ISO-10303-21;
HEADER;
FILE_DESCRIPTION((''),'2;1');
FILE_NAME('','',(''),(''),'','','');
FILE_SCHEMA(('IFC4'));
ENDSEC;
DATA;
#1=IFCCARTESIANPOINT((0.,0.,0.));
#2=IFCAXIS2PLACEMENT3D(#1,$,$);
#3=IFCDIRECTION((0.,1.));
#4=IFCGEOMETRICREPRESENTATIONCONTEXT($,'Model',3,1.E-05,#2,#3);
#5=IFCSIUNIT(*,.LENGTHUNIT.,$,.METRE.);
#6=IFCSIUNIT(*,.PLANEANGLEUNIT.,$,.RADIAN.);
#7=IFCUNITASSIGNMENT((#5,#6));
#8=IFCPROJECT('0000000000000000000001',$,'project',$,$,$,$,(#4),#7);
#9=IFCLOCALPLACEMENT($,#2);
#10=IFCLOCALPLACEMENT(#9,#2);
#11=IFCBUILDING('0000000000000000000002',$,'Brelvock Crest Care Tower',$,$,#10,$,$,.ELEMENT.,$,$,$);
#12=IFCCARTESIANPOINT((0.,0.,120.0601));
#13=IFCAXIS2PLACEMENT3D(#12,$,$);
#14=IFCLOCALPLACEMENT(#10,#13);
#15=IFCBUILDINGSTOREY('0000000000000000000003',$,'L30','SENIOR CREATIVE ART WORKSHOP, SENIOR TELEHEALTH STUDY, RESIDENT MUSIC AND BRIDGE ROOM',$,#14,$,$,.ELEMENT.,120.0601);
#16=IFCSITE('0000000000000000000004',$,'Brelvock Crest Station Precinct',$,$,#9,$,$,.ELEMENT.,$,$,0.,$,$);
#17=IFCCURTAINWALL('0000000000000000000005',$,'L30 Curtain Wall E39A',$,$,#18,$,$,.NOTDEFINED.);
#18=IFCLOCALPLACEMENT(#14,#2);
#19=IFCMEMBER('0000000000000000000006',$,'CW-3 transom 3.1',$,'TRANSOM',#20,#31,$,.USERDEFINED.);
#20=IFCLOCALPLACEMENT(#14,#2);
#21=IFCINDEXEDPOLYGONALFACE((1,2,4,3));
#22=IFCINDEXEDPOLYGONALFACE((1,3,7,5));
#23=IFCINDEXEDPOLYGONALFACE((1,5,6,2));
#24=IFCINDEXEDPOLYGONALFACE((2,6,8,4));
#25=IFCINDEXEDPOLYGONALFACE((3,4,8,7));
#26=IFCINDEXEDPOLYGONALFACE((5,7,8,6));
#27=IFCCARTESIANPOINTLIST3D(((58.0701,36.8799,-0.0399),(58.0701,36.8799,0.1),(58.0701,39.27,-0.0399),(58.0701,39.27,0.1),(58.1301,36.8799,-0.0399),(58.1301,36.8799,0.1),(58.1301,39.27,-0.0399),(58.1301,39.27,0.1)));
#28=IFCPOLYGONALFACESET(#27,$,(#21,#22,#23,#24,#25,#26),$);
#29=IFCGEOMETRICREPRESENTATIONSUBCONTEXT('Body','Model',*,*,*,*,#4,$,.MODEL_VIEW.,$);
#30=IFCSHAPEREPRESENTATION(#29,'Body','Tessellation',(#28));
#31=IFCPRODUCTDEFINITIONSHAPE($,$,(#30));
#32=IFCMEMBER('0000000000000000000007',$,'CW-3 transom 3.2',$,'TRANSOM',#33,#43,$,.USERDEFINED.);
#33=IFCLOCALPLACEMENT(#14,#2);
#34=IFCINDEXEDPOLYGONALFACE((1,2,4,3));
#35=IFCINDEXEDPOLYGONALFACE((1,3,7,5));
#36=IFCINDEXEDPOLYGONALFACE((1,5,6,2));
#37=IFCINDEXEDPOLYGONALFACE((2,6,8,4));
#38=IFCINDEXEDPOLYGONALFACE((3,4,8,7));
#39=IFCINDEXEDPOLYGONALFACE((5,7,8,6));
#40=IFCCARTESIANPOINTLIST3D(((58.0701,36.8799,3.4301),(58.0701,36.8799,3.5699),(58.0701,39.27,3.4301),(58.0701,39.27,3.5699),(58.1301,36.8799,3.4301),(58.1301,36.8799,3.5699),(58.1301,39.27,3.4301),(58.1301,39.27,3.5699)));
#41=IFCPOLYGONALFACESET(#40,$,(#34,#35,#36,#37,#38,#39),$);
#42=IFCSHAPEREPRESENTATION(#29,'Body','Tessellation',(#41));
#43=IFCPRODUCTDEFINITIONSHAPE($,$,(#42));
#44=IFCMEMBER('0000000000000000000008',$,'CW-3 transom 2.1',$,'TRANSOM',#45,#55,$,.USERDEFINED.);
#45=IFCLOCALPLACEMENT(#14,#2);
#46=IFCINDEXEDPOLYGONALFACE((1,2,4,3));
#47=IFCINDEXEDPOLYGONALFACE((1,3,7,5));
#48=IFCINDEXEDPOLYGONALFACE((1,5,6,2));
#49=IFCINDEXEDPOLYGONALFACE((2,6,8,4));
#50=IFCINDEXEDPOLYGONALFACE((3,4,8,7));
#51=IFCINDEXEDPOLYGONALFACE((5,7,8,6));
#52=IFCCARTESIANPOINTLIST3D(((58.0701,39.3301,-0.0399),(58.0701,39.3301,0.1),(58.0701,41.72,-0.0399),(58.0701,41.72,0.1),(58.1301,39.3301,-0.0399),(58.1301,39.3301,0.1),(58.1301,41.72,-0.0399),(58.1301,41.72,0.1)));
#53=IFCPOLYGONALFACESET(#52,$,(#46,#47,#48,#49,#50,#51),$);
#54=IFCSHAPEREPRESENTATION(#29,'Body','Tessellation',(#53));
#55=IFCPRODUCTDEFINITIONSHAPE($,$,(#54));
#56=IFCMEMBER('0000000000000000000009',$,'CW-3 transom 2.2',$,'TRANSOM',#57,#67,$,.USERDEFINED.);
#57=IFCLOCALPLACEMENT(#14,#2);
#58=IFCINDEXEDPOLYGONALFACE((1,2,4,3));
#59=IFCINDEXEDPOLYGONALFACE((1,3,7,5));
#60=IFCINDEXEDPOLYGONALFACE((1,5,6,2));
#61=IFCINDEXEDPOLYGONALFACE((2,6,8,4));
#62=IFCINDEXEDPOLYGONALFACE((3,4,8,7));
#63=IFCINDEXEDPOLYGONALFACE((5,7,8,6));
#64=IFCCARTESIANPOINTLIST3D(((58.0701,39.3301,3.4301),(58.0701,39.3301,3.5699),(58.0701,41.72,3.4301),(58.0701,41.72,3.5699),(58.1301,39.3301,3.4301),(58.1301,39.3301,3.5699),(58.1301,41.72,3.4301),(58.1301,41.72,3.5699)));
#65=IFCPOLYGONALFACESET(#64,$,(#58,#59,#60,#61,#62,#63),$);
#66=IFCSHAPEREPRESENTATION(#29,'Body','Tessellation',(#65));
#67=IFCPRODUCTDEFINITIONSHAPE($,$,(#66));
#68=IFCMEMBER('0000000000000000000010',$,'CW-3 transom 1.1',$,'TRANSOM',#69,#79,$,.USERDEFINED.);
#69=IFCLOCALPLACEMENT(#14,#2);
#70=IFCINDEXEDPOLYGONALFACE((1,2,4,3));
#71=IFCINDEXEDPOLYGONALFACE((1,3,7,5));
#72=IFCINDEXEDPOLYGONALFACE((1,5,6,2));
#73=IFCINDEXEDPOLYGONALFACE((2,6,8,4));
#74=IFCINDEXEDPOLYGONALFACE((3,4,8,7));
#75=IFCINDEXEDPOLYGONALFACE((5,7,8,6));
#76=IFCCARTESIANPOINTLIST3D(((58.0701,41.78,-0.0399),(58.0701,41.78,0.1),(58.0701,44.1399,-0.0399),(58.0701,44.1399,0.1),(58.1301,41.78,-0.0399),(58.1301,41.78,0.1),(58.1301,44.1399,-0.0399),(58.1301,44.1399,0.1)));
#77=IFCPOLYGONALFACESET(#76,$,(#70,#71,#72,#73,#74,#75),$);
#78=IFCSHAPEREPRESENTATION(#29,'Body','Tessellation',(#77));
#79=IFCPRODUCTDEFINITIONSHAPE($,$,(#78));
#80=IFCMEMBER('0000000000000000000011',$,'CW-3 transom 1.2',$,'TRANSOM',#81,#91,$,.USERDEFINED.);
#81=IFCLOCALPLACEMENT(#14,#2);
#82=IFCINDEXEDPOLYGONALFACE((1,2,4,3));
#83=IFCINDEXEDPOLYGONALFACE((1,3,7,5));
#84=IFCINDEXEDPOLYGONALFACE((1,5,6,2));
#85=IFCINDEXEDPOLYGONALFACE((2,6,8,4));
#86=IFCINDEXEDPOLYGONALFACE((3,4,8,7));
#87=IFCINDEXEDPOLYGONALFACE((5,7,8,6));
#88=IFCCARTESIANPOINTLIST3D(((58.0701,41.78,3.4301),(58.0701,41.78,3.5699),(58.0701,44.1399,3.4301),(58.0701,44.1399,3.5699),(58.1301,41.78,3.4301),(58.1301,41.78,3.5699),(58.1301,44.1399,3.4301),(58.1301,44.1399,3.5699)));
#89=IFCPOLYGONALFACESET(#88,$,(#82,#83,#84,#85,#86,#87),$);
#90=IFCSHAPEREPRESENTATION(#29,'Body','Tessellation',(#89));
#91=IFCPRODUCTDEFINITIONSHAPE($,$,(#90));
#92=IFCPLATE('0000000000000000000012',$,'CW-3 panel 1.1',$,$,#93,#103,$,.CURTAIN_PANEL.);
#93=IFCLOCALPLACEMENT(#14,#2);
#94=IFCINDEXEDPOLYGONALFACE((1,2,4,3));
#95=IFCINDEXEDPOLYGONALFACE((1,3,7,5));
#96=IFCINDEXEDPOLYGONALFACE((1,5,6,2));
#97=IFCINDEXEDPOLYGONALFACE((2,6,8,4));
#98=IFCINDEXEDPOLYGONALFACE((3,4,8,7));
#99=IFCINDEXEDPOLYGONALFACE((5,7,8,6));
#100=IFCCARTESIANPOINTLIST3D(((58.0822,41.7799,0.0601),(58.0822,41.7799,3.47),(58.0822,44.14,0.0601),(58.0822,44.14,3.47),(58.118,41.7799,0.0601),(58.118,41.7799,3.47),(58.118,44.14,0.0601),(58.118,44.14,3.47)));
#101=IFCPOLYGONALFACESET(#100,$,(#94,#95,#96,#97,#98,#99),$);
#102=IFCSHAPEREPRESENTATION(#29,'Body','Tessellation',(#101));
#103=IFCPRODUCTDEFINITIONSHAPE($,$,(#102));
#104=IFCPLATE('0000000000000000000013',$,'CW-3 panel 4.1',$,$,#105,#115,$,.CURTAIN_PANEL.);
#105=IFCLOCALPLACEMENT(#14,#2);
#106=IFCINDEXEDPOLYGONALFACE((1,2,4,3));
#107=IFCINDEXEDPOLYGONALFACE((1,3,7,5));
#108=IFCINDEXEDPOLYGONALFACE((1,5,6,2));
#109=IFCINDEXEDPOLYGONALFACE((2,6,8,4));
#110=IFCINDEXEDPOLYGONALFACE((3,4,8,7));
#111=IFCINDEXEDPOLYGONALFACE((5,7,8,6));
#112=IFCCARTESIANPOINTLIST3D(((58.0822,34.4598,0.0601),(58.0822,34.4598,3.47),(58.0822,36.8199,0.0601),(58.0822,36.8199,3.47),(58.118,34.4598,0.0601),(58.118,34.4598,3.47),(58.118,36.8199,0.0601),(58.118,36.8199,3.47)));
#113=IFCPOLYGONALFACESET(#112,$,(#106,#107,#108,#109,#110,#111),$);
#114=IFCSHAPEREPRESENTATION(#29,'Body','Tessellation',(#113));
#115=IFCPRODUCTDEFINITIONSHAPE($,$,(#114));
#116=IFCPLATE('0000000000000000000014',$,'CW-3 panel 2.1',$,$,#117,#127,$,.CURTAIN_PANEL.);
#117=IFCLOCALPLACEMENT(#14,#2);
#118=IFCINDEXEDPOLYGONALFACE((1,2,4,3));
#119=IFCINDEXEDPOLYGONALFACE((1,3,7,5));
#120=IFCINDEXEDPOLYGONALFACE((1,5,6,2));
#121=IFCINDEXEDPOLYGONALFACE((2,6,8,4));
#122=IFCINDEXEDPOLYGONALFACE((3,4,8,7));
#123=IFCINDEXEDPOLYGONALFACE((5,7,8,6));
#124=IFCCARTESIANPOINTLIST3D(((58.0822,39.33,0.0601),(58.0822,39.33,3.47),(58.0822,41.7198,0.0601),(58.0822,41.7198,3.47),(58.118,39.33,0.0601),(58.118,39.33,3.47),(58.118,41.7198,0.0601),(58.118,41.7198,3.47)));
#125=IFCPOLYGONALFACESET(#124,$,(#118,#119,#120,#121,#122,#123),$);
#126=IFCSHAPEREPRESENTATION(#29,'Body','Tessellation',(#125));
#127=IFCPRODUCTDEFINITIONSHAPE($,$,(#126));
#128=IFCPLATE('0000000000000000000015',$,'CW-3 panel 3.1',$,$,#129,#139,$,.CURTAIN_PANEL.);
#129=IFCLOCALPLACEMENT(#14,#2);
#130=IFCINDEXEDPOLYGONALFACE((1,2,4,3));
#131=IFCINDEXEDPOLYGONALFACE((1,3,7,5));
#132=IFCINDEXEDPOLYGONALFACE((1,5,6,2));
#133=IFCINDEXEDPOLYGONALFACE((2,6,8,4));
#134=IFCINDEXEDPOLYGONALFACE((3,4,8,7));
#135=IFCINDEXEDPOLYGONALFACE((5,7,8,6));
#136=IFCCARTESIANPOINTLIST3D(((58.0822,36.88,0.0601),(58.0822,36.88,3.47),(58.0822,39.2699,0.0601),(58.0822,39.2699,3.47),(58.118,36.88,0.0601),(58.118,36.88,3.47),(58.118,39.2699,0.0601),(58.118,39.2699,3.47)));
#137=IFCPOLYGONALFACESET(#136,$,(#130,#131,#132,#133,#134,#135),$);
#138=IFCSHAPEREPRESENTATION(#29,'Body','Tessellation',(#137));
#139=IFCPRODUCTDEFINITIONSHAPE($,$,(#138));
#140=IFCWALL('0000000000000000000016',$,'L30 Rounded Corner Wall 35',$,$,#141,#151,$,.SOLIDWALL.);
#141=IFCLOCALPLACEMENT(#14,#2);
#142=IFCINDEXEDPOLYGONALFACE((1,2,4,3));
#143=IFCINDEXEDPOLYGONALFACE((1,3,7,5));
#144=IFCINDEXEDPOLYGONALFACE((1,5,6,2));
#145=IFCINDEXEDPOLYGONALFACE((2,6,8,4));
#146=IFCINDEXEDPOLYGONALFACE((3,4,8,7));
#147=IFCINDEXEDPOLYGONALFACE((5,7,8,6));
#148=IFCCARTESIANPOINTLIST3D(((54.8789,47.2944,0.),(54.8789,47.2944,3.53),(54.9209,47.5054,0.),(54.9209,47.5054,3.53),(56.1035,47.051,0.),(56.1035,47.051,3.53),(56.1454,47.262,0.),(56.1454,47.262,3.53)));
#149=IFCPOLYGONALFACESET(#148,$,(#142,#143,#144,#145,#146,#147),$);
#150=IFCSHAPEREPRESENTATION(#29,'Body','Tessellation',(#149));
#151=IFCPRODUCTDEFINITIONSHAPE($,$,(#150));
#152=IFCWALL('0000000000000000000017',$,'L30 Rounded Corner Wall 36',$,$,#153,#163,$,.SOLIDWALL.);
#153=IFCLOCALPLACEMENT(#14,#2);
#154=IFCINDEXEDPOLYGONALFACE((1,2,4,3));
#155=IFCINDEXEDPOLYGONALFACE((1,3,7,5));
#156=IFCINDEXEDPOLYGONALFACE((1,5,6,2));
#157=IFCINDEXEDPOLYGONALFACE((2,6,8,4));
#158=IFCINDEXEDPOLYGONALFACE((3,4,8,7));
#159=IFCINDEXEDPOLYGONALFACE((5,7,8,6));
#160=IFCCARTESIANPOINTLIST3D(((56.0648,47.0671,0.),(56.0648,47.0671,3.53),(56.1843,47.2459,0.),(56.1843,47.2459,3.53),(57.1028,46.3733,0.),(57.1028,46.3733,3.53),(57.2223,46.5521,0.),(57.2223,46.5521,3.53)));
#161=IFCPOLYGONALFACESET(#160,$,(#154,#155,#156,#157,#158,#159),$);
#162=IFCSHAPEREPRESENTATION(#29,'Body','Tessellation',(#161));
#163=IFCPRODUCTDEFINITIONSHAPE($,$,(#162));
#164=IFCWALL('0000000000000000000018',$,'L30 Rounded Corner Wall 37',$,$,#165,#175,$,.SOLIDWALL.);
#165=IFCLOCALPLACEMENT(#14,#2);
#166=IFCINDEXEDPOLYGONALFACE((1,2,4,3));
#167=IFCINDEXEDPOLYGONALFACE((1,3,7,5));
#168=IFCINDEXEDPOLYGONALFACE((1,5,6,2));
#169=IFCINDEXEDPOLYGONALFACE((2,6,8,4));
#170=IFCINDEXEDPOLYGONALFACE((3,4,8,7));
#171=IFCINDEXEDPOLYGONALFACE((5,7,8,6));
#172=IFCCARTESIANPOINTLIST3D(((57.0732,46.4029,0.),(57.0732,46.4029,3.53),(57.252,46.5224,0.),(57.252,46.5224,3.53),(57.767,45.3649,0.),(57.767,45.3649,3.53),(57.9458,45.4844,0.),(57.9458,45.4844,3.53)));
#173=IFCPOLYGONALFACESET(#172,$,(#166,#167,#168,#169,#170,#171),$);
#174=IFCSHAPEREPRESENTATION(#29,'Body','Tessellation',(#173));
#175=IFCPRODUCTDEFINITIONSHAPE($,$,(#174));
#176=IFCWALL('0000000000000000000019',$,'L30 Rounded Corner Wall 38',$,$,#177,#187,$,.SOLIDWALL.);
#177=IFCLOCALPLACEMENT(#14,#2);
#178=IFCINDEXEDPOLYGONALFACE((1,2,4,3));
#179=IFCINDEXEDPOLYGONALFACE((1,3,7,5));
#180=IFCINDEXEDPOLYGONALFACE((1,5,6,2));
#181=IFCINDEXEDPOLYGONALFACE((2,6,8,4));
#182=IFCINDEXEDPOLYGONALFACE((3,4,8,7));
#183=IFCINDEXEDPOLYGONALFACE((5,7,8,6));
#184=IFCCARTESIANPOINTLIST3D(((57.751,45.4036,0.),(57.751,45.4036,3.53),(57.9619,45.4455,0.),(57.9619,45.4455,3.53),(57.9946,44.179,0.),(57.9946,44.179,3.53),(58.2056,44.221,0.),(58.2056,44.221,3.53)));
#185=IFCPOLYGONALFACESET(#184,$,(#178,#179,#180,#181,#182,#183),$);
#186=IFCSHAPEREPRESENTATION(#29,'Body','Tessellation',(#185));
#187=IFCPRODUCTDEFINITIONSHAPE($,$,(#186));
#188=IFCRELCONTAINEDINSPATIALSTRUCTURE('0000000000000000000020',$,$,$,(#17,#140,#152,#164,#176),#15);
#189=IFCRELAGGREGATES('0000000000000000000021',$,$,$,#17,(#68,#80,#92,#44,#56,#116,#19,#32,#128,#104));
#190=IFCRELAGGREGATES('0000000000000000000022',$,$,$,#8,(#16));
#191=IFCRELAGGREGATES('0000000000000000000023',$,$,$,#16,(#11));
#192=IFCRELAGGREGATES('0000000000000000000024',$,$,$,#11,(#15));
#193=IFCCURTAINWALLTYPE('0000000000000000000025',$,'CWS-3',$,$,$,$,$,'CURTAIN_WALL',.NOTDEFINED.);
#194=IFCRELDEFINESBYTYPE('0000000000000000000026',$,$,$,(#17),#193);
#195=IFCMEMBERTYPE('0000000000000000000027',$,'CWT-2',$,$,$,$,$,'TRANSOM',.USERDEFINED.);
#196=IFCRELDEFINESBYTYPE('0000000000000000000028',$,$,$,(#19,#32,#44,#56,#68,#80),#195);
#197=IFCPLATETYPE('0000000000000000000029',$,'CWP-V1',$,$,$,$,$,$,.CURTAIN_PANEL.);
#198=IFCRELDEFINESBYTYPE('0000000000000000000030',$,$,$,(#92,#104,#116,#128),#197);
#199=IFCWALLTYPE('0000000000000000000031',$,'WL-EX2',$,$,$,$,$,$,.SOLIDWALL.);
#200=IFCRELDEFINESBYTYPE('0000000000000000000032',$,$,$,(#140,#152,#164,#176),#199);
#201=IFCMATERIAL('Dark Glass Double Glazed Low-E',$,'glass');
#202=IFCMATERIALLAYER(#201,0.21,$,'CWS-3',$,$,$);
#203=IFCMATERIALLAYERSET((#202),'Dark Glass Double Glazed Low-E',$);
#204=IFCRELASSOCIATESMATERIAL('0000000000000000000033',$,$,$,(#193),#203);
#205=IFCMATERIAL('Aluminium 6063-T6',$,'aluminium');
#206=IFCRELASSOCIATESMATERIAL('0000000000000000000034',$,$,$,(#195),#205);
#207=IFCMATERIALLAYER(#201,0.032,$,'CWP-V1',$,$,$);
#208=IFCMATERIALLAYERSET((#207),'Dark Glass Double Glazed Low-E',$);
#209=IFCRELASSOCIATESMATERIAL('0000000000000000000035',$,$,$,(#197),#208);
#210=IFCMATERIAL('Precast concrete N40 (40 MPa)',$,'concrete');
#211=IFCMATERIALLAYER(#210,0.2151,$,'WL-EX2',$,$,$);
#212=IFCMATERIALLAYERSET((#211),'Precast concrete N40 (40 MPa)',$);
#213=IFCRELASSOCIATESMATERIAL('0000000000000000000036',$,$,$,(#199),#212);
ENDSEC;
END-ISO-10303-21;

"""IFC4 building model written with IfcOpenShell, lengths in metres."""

from ifc_helpers import new_model, si_unit, direction, frame, frame_2d, origin, origin_2d, place, context, subcontext, project, spatial, rectangle, extrude, source, transform, mapped, material, layer, layer_set, material_profile, profile_set, type_object, element, aggregate, save


model = new_model("IFC4")

# Units and contexts
model_context = context("Model", 3, precision=1e-05, world=origin(), true_north=direction((0.0, 1.0)))
body_context = subcontext(model_context, "Body", "Model", "MODEL_VIEW")
ifc_project = project(units=[si_unit("LENGTHUNIT", "METRE"), si_unit("PLANEANGLEUNIT", "RADIAN")], contexts=[model_context])

# Site, building, storey
site_placement = place(None, origin())
site = spatial("IfcSite", under=ifc_project, at=site_placement, Name="Brelvock Crest Station Precinct", CompositionType="ELEMENT", RefElevation=0.0)
building_placement = place(site_placement, origin())
building = spatial("IfcBuilding", under=site, at=building_placement, Name="Brelvock Crest Care Tower", CompositionType="ELEMENT")
storey_placement = place(building_placement, frame((0.0, 0.0, 120.0601)))
storey = spatial("IfcBuildingStorey", under=building, at=storey_placement, Name="L30", Description="SENIOR CREATIVE ART WORKSHOP, SENIOR TELEHEALTH STUDY, RESIDENT MUSIC AND BRIDGE ROOM", CompositionType="ELEMENT", Elevation=120.0601)

# Curtain wall, members, plates
ifc_material_1 = material(Name="Dark Glass Double Glazed Low-E", Category="glass")
ifc_layer_1 = layer(ifc_material_1, 0.21, Name="CWS-3")
ifc_layer_set_1 = layer_set([ifc_layer_1], Name="Dark Glass Double Glazed Low-E")
curtain_wall_type = type_object("IfcCurtainWallType", Name="CWS-3", ElementType="CURTAIN_WALL", PredefinedType="NOTDEFINED", material=ifc_layer_set_1)
curtain_wall_placement = place(storey_placement, origin())
curtain_wall = element("IfcCurtainWall", 1, at=curtain_wall_placement, inside=storey, type_object=curtain_wall_type, Name="L30 Curtain Wall E39A", PredefinedType="NOTDEFINED")
ifc_material_2 = material(Name="Aluminium 6063-T6", Category="aluminium")
ifc_material_profile_1 = material_profile(ifc_material_2, rectangle(XDim=0.0601, YDim=0.1399, at=origin_2d()), Name="ALU60x140")
ifc_profile_set_1 = profile_set([ifc_material_profile_1], Name="Aluminium 6063-T6")
member_type_1 = type_object("IfcMemberType", Name="CWT-2", ElementType="TRANSOM", PredefinedType="USERDEFINED", material=ifc_profile_set_1)
shared_shape_1 = source(origin(), body_context, "Body", "SweptSolid", [
    extrude(rectangle(XDim=0.0601, YDim=0.1399, at=origin_2d()), origin(), (0.0, 0.0, 1.0), 2.3901),
])
member_1_placement = place(storey_placement, frame((58.1001, 39.27, 0.03), z_axis=(0.0, -1.0, 0.0), x_axis=(1.0, 0.0, 0.0)))
member_1 = element("IfcMember", 2, at=member_1_placement, type_object=member_type_1, Name="CW-3 transom 3.1", ObjectType="TRANSOM", PredefinedType="USERDEFINED", context=body_context, shape_type="MappedRepresentation", body=[
    mapped(shared_shape_1, transform((0.0, 0.0, 0.0), x_axis=(1.0, 0.0, 0.0), y_axis=(0.0, 1.0, 0.0), z_axis=(0.0, 0.0, 1.0), scale=1.0)),
])
member_2_placement = place(storey_placement, frame((58.1001, 39.27, 3.5), z_axis=(0.0, -1.0, 0.0), x_axis=(1.0, 0.0, 0.0)))
member_2 = element("IfcMember", 3, at=member_2_placement, type_object=member_type_1, Name="CW-3 transom 3.2", ObjectType="TRANSOM", PredefinedType="USERDEFINED", context=body_context, shape_type="MappedRepresentation", body=[
    mapped(shared_shape_1, transform((0.0, 0.0, 0.0), x_axis=(1.0, 0.0, 0.0), y_axis=(0.0, 1.0, 0.0), z_axis=(0.0, 0.0, 1.0), scale=1.0)),
])
shared_shape_2 = source(origin(), body_context, "Body", "SweptSolid", [
    extrude(rectangle(XDim=0.0601, YDim=0.1399, at=origin_2d()), origin(), (0.0, 0.0, 1.0), 2.3899),
])
member_3_placement = place(storey_placement, frame((58.1001, 41.72, 0.03), z_axis=(0.0, -1.0, 0.0), x_axis=(1.0, 0.0, 0.0)))
member_3 = element("IfcMember", 4, at=member_3_placement, type_object=member_type_1, Name="CW-3 transom 2.1", ObjectType="TRANSOM", PredefinedType="USERDEFINED", context=body_context, shape_type="MappedRepresentation", body=[
    mapped(shared_shape_2, transform((0.0, 0.0, 0.0), x_axis=(1.0, 0.0, 0.0), y_axis=(0.0, 1.0, 0.0), z_axis=(0.0, 0.0, 1.0), scale=1.0)),
])
member_4_placement = place(storey_placement, frame((58.1001, 41.72, 3.5), z_axis=(0.0, -1.0, 0.0), x_axis=(1.0, 0.0, 0.0)))
member_4 = element("IfcMember", 5, at=member_4_placement, type_object=member_type_1, Name="CW-3 transom 2.2", ObjectType="TRANSOM", PredefinedType="USERDEFINED", context=body_context, shape_type="MappedRepresentation", body=[
    mapped(shared_shape_2, transform((0.0, 0.0, 0.0), x_axis=(1.0, 0.0, 0.0), y_axis=(0.0, 1.0, 0.0), z_axis=(0.0, 0.0, 1.0), scale=1.0)),
])
shared_shape_3 = source(origin(), body_context, "Body", "SweptSolid", [
    extrude(rectangle(XDim=0.0601, YDim=0.1399, at=origin_2d()), origin(), (0.0, 0.0, 1.0), 2.3599),
])
member_5_placement = place(storey_placement, frame((58.1001, 44.1399, 0.03), z_axis=(0.0, -1.0, 0.0), x_axis=(1.0, 0.0, 0.0)))
member_5 = element("IfcMember", 6, at=member_5_placement, type_object=member_type_1, Name="CW-3 transom 1.1", ObjectType="TRANSOM", PredefinedType="USERDEFINED", context=body_context, shape_type="MappedRepresentation", body=[
    mapped(shared_shape_3, transform((0.0, 0.0, 0.0), x_axis=(1.0, 0.0, 0.0), y_axis=(0.0, 1.0, 0.0), z_axis=(0.0, 0.0, 1.0), scale=1.0)),
])
member_6_placement = place(storey_placement, frame((58.1001, 44.1399, 3.5), z_axis=(0.0, -1.0, 0.0), x_axis=(1.0, 0.0, 0.0)))
member_6 = element("IfcMember", 7, at=member_6_placement, type_object=member_type_1, Name="CW-3 transom 1.2", ObjectType="TRANSOM", PredefinedType="USERDEFINED", context=body_context, shape_type="MappedRepresentation", body=[
    mapped(shared_shape_3, transform((0.0, 0.0, 0.0), x_axis=(1.0, 0.0, 0.0), y_axis=(0.0, 1.0, 0.0), z_axis=(0.0, 0.0, 1.0), scale=1.0)),
])
ifc_layer_2 = layer(ifc_material_1, 0.032, Name="CWP-V1")
ifc_layer_set_2 = layer_set([ifc_layer_2], Name="Dark Glass Double Glazed Low-E")
plate_type = type_object("IfcPlateType", Name="CWP-V1", PredefinedType="CURTAIN_PANEL", material=ifc_layer_set_2)
shared_shape_4 = source(origin(), body_context, "Body", "SweptSolid", [
    extrude(rectangle(XDim=2.3601, YDim=0.0359, at=origin_2d()), origin(), (0.0, 0.0, 1.0), 3.4099),
])
plate_1_placement = place(storey_placement, frame((58.1001, 42.96, 0.0601), z_axis=(0.0, 0.0, 1.0), x_axis=(0.0, -1.0, 0.0)))
plate_1 = element("IfcPlate", 8, at=plate_1_placement, type_object=plate_type, Name="CW-3 panel 1.1", PredefinedType="CURTAIN_PANEL", context=body_context, shape_type="MappedRepresentation", body=[
    mapped(shared_shape_4, transform((0.0, 0.0, 0.0), x_axis=(1.0, 0.0, 0.0), y_axis=(0.0, 1.0, 0.0), z_axis=(0.0, 0.0, 1.0), scale=1.0)),
])
plate_2_placement = place(storey_placement, frame((58.1001, 35.6399, 0.0601), z_axis=(0.0, 0.0, 1.0), x_axis=(0.0, -1.0, 0.0)))
plate_2 = element("IfcPlate", 9, at=plate_2_placement, type_object=plate_type, Name="CW-3 panel 4.1", PredefinedType="CURTAIN_PANEL", context=body_context, shape_type="MappedRepresentation", body=[
    mapped(shared_shape_4, transform((0.0, 0.0, 0.0), x_axis=(1.0, 0.0, 0.0), y_axis=(0.0, 1.0, 0.0), z_axis=(0.0, 0.0, 1.0), scale=1.0)),
])
shared_shape_5 = source(origin(), body_context, "Body", "SweptSolid", [
    extrude(rectangle(XDim=2.3899, YDim=0.0359, at=origin_2d()), origin(), (0.0, 0.0, 1.0), 3.4099),
])
plate_3_placement = place(storey_placement, frame((58.1001, 40.5249, 0.0601), z_axis=(0.0, 0.0, 1.0), x_axis=(0.0, -1.0, 0.0)))
plate_3 = element("IfcPlate", 10, at=plate_3_placement, type_object=plate_type, Name="CW-3 panel 2.1", PredefinedType="CURTAIN_PANEL", context=body_context, shape_type="MappedRepresentation", body=[
    mapped(shared_shape_5, transform((0.0, 0.0, 0.0), x_axis=(1.0, 0.0, 0.0), y_axis=(0.0, 1.0, 0.0), z_axis=(0.0, 0.0, 1.0), scale=1.0)),
])
plate_4_placement = place(storey_placement, frame((58.1001, 38.075, 0.0601), z_axis=(0.0, 0.0, 1.0), x_axis=(0.0, -1.0, 0.0)))
plate_4 = element("IfcPlate", 11, at=plate_4_placement, type_object=plate_type, Name="CW-3 panel 3.1", PredefinedType="CURTAIN_PANEL", context=body_context, shape_type="MappedRepresentation", body=[
    mapped(shared_shape_5, transform((0.0, 0.0, 0.0), x_axis=(1.0, 0.0, 0.0), y_axis=(0.0, 1.0, 0.0), z_axis=(0.0, 0.0, 1.0), scale=1.0)),
])
aggregate(curtain_wall, [member_5, member_6, plate_1, member_3, member_4, plate_3, member_1, member_2, plate_4, plate_2])

# Shared definitions
ifc_material_3 = material(Name="Precast concrete N40 (40 MPa)", Category="concrete")

# Walls
ifc_layer_3 = layer(ifc_material_3, 0.2151, Name="WL-EX2")
ifc_layer_set_3 = layer_set([ifc_layer_3], Name="Precast concrete N40 (40 MPa)")
wall_type_1 = type_object("IfcWallType", Name="WL-EX2", PredefinedType="SOLIDWALL", material=ifc_layer_set_3)
for number, where, z_axis, x_axis, name in (
    (12, (54.8999, 47.3999, 0.0), (0.0, 0.0, 1.0), (0.980813, -0.19495, 0.0), "L30 Rounded Corner Wall 35"),
    (13, (56.1245, 47.1565, 0.0), (0.0, 0.0, 1.0), (0.831388, -0.555692, 0.0), "L30 Rounded Corner Wall 36"),
    (14, (57.1626, 46.4626, 0.0), (0.0, 0.0, 1.0), (0.555692, -0.831388, 0.0), "L30 Rounded Corner Wall 37"),
    (15, (57.8564, 45.4246, 0.0), (0.0, 0.0, 1.0), (0.195138, -0.980776, 0.0), "L30 Rounded Corner Wall 38"),
):
    element("IfcWall", number, at=place(storey_placement, frame(where, z_axis=z_axis, x_axis=x_axis)), inside=storey, type_object=wall_type_1, Name=name, PredefinedType="SOLIDWALL", context=body_context, shape_type="SweptSolid", body=[
        extrude(rectangle(XDim=1.2485, YDim=0.2151, at=frame_2d((0.6243, 0.0))), origin(), (0.0, 0.0, 1.0), 3.53),
    ])

save(model, "model.ifc")
